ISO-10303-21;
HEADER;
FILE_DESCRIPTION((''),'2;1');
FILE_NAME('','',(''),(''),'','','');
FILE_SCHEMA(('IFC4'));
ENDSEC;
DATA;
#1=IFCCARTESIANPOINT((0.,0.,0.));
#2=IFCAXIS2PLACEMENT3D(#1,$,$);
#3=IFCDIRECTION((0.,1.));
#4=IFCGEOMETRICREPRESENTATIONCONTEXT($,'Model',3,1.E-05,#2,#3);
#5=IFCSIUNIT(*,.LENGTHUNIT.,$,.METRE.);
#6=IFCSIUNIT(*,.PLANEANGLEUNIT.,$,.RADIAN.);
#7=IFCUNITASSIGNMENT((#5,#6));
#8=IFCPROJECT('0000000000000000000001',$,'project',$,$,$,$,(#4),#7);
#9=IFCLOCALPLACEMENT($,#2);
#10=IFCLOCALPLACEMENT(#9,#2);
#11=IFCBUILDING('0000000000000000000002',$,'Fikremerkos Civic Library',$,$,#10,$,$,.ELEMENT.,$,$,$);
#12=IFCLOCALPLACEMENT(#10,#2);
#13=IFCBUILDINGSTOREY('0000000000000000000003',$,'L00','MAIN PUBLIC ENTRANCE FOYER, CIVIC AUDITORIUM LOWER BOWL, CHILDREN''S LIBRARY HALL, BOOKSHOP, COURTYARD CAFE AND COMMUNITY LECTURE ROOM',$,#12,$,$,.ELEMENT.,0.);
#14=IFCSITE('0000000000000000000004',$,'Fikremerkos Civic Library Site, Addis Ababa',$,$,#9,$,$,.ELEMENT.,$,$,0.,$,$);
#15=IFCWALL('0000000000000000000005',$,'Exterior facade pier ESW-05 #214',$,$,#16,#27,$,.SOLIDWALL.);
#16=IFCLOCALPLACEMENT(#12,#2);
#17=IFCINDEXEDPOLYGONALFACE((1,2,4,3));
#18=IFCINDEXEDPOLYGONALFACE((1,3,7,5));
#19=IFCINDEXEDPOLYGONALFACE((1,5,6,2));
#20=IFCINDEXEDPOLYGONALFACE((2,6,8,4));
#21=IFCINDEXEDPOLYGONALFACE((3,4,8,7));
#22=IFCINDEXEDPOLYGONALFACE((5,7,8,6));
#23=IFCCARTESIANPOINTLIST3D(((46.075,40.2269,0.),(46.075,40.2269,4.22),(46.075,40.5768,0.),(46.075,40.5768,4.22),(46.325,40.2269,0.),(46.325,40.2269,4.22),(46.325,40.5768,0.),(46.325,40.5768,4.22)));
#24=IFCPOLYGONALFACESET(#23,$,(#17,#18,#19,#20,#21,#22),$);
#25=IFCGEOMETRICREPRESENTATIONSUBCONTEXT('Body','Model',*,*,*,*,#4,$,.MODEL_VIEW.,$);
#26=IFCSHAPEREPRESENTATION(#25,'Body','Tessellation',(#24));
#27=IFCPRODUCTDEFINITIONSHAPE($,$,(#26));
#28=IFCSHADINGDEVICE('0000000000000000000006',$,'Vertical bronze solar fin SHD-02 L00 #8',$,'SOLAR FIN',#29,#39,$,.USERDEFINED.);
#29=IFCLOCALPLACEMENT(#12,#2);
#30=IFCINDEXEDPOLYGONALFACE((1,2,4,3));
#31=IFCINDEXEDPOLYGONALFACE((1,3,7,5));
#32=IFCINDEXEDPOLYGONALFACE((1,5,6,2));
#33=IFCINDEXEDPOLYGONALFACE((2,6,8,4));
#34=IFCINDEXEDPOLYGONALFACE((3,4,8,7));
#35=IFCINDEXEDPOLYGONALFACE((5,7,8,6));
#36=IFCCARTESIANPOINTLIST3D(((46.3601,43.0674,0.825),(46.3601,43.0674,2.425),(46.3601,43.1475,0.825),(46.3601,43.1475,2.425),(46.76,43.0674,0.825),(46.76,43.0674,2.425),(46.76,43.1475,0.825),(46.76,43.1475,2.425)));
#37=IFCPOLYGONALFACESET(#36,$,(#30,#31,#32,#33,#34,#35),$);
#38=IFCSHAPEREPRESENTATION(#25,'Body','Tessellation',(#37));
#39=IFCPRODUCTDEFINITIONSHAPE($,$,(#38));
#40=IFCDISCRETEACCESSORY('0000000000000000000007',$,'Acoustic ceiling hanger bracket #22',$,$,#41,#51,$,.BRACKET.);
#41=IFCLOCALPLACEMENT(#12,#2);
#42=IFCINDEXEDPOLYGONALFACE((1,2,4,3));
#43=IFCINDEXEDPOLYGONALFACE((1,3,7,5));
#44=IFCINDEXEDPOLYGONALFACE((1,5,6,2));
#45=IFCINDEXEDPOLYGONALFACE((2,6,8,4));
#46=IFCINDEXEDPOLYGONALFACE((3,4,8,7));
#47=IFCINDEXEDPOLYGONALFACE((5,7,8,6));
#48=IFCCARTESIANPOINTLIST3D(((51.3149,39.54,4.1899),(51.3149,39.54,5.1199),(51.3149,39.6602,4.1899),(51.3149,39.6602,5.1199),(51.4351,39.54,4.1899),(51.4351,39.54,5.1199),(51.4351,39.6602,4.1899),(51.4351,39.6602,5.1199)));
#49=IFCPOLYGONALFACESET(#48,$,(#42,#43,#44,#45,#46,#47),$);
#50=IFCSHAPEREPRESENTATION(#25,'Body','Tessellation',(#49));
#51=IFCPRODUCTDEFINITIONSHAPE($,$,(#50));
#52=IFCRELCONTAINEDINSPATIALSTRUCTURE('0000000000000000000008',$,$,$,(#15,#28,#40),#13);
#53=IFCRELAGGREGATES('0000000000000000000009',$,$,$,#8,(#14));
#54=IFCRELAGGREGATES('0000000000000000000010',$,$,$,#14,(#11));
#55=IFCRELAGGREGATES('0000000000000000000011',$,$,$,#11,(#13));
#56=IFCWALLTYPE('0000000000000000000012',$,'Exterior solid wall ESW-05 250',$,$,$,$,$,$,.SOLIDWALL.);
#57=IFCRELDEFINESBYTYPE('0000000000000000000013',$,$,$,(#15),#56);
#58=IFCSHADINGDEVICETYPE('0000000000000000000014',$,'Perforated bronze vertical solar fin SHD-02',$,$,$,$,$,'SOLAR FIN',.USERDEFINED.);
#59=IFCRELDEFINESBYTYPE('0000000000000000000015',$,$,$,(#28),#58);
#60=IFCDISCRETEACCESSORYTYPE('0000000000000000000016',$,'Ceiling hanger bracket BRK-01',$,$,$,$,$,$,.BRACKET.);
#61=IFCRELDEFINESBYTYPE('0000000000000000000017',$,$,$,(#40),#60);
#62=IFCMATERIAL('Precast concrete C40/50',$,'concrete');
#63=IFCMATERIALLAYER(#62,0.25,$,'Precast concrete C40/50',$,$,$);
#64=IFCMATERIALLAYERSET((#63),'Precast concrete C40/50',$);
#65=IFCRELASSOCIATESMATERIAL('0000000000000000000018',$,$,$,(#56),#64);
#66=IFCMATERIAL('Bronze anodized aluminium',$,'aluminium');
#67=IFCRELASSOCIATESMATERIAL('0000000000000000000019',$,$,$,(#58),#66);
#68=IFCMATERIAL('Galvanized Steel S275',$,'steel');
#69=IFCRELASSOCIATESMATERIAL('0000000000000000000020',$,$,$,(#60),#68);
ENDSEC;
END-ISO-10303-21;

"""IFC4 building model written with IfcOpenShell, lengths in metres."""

from ifc_helpers import new_model, si_unit, direction, frame, frame_2d, origin, origin_2d, place, context, subcontext, project, spatial, rectangle, extrude, material, layer, layer_set, type_object, element, save


model = new_model("IFC4")

# Units and contexts
model_context = context("Model", 3, precision=1e-05, world=origin(), true_north=direction((0.0, 1.0)))
body_context = subcontext(model_context, "Body", "Model", "MODEL_VIEW")
ifc_project = project(units=[si_unit("LENGTHUNIT", "METRE"), si_unit("PLANEANGLEUNIT", "RADIAN")], contexts=[model_context])

# Site, building, storey
site_placement = place(None, origin())
site = spatial("IfcSite", under=ifc_project, at=site_placement, Name="Fikremerkos Civic Library Site, Addis Ababa", CompositionType="ELEMENT", RefElevation=0.0)
building_placement = place(site_placement, origin())
building = spatial("IfcBuilding", under=site, at=building_placement, Name="Fikremerkos Civic Library", CompositionType="ELEMENT")
storey_placement = place(building_placement, origin())
storey = spatial("IfcBuildingStorey", under=building, at=storey_placement, Name="L00", Description="MAIN PUBLIC ENTRANCE FOYER, CIVIC AUDITORIUM LOWER BOWL, CHILDREN'S LIBRARY HALL, BOOKSHOP, COURTYARD CAFE AND COMMUNITY LECTURE ROOM", CompositionType="ELEMENT", Elevation=0.0)

# Shared definitions
ifc_material_1 = material(Name="Precast concrete C40/50", Category="concrete")

# Wall
ifc_layer_1 = layer(ifc_material_1, 0.25, Name="Precast concrete C40/50")
ifc_layer_set_1 = layer_set([ifc_layer_1], Name="Precast concrete C40/50")
wall_type_1 = type_object("IfcWallType", Name="Exterior solid wall ESW-05 250", PredefinedType="SOLIDWALL", material=ifc_layer_set_1)
wall_1_placement = place(storey_placement, frame((46.2, 40.2271, 0.0), z_axis=(0.0, 0.0, 1.0), x_axis=(0.0, 1.0, 0.0)))
element("IfcWall", 1, at=wall_1_placement, inside=storey, type_object=wall_type_1, Name="Exterior facade pier ESW-05 #214", PredefinedType="SOLIDWALL", context=body_context, shape_type="SweptSolid", body=[
    extrude(rectangle(XDim=0.3499, YDim=0.25, at=frame_2d((0.1748, 0.0))), origin(), (0.0, 0.0, 1.0), 4.22),
])

# Shading device
ifc_material_2 = material(Name="Bronze anodized aluminium", Category="aluminium")
shading_device_type = type_object("IfcShadingDeviceType", Name="Perforated bronze vertical solar fin SHD-02", ElementType="SOLAR FIN", PredefinedType="USERDEFINED", material=ifc_material_2)
shading_device_placement = place(storey_placement, frame((46.5601, 43.1074, 0.825), z_axis=(0.0, 0.0, 1.0), x_axis=(0.0, 1.0, 0.0)))
element("IfcShadingDevice", 2, at=shading_device_placement, inside=storey, type_object=shading_device_type, Name="Vertical bronze solar fin SHD-02 L00 #8", ObjectType="SOLAR FIN", PredefinedType="USERDEFINED", context=body_context, shape_type="SweptSolid", body=[
    extrude(rectangle(XDim=0.0801, YDim=0.3999, at=origin_2d()), origin(), (0.0, 0.0, 1.0), 1.6001),
])

# Discrete accessory
ifc_material_3 = material(Name="Galvanized Steel S275", Category="steel")
discrete_accessory_type = type_object("IfcDiscreteAccessoryType", Name="Ceiling hanger bracket BRK-01", PredefinedType="BRACKET", material=ifc_material_3)
discrete_accessory_placement = place(storey_placement, frame((51.375, 39.6001, 4.1899), z_axis=(0.0, 0.0, 1.0), x_axis=(1.0, 0.0, 0.0)))
element("IfcDiscreteAccessory", 3, at=discrete_accessory_placement, inside=storey, type_object=discrete_accessory_type, Name="Acoustic ceiling hanger bracket #22", PredefinedType="BRACKET", context=body_context, shape_type="SweptSolid", body=[
    extrude(rectangle(XDim=0.1201, YDim=0.1201, at=origin_2d()), origin(), (0.0, 0.0, 1.0), 0.9299),
])

save(model, "model.ifc")
